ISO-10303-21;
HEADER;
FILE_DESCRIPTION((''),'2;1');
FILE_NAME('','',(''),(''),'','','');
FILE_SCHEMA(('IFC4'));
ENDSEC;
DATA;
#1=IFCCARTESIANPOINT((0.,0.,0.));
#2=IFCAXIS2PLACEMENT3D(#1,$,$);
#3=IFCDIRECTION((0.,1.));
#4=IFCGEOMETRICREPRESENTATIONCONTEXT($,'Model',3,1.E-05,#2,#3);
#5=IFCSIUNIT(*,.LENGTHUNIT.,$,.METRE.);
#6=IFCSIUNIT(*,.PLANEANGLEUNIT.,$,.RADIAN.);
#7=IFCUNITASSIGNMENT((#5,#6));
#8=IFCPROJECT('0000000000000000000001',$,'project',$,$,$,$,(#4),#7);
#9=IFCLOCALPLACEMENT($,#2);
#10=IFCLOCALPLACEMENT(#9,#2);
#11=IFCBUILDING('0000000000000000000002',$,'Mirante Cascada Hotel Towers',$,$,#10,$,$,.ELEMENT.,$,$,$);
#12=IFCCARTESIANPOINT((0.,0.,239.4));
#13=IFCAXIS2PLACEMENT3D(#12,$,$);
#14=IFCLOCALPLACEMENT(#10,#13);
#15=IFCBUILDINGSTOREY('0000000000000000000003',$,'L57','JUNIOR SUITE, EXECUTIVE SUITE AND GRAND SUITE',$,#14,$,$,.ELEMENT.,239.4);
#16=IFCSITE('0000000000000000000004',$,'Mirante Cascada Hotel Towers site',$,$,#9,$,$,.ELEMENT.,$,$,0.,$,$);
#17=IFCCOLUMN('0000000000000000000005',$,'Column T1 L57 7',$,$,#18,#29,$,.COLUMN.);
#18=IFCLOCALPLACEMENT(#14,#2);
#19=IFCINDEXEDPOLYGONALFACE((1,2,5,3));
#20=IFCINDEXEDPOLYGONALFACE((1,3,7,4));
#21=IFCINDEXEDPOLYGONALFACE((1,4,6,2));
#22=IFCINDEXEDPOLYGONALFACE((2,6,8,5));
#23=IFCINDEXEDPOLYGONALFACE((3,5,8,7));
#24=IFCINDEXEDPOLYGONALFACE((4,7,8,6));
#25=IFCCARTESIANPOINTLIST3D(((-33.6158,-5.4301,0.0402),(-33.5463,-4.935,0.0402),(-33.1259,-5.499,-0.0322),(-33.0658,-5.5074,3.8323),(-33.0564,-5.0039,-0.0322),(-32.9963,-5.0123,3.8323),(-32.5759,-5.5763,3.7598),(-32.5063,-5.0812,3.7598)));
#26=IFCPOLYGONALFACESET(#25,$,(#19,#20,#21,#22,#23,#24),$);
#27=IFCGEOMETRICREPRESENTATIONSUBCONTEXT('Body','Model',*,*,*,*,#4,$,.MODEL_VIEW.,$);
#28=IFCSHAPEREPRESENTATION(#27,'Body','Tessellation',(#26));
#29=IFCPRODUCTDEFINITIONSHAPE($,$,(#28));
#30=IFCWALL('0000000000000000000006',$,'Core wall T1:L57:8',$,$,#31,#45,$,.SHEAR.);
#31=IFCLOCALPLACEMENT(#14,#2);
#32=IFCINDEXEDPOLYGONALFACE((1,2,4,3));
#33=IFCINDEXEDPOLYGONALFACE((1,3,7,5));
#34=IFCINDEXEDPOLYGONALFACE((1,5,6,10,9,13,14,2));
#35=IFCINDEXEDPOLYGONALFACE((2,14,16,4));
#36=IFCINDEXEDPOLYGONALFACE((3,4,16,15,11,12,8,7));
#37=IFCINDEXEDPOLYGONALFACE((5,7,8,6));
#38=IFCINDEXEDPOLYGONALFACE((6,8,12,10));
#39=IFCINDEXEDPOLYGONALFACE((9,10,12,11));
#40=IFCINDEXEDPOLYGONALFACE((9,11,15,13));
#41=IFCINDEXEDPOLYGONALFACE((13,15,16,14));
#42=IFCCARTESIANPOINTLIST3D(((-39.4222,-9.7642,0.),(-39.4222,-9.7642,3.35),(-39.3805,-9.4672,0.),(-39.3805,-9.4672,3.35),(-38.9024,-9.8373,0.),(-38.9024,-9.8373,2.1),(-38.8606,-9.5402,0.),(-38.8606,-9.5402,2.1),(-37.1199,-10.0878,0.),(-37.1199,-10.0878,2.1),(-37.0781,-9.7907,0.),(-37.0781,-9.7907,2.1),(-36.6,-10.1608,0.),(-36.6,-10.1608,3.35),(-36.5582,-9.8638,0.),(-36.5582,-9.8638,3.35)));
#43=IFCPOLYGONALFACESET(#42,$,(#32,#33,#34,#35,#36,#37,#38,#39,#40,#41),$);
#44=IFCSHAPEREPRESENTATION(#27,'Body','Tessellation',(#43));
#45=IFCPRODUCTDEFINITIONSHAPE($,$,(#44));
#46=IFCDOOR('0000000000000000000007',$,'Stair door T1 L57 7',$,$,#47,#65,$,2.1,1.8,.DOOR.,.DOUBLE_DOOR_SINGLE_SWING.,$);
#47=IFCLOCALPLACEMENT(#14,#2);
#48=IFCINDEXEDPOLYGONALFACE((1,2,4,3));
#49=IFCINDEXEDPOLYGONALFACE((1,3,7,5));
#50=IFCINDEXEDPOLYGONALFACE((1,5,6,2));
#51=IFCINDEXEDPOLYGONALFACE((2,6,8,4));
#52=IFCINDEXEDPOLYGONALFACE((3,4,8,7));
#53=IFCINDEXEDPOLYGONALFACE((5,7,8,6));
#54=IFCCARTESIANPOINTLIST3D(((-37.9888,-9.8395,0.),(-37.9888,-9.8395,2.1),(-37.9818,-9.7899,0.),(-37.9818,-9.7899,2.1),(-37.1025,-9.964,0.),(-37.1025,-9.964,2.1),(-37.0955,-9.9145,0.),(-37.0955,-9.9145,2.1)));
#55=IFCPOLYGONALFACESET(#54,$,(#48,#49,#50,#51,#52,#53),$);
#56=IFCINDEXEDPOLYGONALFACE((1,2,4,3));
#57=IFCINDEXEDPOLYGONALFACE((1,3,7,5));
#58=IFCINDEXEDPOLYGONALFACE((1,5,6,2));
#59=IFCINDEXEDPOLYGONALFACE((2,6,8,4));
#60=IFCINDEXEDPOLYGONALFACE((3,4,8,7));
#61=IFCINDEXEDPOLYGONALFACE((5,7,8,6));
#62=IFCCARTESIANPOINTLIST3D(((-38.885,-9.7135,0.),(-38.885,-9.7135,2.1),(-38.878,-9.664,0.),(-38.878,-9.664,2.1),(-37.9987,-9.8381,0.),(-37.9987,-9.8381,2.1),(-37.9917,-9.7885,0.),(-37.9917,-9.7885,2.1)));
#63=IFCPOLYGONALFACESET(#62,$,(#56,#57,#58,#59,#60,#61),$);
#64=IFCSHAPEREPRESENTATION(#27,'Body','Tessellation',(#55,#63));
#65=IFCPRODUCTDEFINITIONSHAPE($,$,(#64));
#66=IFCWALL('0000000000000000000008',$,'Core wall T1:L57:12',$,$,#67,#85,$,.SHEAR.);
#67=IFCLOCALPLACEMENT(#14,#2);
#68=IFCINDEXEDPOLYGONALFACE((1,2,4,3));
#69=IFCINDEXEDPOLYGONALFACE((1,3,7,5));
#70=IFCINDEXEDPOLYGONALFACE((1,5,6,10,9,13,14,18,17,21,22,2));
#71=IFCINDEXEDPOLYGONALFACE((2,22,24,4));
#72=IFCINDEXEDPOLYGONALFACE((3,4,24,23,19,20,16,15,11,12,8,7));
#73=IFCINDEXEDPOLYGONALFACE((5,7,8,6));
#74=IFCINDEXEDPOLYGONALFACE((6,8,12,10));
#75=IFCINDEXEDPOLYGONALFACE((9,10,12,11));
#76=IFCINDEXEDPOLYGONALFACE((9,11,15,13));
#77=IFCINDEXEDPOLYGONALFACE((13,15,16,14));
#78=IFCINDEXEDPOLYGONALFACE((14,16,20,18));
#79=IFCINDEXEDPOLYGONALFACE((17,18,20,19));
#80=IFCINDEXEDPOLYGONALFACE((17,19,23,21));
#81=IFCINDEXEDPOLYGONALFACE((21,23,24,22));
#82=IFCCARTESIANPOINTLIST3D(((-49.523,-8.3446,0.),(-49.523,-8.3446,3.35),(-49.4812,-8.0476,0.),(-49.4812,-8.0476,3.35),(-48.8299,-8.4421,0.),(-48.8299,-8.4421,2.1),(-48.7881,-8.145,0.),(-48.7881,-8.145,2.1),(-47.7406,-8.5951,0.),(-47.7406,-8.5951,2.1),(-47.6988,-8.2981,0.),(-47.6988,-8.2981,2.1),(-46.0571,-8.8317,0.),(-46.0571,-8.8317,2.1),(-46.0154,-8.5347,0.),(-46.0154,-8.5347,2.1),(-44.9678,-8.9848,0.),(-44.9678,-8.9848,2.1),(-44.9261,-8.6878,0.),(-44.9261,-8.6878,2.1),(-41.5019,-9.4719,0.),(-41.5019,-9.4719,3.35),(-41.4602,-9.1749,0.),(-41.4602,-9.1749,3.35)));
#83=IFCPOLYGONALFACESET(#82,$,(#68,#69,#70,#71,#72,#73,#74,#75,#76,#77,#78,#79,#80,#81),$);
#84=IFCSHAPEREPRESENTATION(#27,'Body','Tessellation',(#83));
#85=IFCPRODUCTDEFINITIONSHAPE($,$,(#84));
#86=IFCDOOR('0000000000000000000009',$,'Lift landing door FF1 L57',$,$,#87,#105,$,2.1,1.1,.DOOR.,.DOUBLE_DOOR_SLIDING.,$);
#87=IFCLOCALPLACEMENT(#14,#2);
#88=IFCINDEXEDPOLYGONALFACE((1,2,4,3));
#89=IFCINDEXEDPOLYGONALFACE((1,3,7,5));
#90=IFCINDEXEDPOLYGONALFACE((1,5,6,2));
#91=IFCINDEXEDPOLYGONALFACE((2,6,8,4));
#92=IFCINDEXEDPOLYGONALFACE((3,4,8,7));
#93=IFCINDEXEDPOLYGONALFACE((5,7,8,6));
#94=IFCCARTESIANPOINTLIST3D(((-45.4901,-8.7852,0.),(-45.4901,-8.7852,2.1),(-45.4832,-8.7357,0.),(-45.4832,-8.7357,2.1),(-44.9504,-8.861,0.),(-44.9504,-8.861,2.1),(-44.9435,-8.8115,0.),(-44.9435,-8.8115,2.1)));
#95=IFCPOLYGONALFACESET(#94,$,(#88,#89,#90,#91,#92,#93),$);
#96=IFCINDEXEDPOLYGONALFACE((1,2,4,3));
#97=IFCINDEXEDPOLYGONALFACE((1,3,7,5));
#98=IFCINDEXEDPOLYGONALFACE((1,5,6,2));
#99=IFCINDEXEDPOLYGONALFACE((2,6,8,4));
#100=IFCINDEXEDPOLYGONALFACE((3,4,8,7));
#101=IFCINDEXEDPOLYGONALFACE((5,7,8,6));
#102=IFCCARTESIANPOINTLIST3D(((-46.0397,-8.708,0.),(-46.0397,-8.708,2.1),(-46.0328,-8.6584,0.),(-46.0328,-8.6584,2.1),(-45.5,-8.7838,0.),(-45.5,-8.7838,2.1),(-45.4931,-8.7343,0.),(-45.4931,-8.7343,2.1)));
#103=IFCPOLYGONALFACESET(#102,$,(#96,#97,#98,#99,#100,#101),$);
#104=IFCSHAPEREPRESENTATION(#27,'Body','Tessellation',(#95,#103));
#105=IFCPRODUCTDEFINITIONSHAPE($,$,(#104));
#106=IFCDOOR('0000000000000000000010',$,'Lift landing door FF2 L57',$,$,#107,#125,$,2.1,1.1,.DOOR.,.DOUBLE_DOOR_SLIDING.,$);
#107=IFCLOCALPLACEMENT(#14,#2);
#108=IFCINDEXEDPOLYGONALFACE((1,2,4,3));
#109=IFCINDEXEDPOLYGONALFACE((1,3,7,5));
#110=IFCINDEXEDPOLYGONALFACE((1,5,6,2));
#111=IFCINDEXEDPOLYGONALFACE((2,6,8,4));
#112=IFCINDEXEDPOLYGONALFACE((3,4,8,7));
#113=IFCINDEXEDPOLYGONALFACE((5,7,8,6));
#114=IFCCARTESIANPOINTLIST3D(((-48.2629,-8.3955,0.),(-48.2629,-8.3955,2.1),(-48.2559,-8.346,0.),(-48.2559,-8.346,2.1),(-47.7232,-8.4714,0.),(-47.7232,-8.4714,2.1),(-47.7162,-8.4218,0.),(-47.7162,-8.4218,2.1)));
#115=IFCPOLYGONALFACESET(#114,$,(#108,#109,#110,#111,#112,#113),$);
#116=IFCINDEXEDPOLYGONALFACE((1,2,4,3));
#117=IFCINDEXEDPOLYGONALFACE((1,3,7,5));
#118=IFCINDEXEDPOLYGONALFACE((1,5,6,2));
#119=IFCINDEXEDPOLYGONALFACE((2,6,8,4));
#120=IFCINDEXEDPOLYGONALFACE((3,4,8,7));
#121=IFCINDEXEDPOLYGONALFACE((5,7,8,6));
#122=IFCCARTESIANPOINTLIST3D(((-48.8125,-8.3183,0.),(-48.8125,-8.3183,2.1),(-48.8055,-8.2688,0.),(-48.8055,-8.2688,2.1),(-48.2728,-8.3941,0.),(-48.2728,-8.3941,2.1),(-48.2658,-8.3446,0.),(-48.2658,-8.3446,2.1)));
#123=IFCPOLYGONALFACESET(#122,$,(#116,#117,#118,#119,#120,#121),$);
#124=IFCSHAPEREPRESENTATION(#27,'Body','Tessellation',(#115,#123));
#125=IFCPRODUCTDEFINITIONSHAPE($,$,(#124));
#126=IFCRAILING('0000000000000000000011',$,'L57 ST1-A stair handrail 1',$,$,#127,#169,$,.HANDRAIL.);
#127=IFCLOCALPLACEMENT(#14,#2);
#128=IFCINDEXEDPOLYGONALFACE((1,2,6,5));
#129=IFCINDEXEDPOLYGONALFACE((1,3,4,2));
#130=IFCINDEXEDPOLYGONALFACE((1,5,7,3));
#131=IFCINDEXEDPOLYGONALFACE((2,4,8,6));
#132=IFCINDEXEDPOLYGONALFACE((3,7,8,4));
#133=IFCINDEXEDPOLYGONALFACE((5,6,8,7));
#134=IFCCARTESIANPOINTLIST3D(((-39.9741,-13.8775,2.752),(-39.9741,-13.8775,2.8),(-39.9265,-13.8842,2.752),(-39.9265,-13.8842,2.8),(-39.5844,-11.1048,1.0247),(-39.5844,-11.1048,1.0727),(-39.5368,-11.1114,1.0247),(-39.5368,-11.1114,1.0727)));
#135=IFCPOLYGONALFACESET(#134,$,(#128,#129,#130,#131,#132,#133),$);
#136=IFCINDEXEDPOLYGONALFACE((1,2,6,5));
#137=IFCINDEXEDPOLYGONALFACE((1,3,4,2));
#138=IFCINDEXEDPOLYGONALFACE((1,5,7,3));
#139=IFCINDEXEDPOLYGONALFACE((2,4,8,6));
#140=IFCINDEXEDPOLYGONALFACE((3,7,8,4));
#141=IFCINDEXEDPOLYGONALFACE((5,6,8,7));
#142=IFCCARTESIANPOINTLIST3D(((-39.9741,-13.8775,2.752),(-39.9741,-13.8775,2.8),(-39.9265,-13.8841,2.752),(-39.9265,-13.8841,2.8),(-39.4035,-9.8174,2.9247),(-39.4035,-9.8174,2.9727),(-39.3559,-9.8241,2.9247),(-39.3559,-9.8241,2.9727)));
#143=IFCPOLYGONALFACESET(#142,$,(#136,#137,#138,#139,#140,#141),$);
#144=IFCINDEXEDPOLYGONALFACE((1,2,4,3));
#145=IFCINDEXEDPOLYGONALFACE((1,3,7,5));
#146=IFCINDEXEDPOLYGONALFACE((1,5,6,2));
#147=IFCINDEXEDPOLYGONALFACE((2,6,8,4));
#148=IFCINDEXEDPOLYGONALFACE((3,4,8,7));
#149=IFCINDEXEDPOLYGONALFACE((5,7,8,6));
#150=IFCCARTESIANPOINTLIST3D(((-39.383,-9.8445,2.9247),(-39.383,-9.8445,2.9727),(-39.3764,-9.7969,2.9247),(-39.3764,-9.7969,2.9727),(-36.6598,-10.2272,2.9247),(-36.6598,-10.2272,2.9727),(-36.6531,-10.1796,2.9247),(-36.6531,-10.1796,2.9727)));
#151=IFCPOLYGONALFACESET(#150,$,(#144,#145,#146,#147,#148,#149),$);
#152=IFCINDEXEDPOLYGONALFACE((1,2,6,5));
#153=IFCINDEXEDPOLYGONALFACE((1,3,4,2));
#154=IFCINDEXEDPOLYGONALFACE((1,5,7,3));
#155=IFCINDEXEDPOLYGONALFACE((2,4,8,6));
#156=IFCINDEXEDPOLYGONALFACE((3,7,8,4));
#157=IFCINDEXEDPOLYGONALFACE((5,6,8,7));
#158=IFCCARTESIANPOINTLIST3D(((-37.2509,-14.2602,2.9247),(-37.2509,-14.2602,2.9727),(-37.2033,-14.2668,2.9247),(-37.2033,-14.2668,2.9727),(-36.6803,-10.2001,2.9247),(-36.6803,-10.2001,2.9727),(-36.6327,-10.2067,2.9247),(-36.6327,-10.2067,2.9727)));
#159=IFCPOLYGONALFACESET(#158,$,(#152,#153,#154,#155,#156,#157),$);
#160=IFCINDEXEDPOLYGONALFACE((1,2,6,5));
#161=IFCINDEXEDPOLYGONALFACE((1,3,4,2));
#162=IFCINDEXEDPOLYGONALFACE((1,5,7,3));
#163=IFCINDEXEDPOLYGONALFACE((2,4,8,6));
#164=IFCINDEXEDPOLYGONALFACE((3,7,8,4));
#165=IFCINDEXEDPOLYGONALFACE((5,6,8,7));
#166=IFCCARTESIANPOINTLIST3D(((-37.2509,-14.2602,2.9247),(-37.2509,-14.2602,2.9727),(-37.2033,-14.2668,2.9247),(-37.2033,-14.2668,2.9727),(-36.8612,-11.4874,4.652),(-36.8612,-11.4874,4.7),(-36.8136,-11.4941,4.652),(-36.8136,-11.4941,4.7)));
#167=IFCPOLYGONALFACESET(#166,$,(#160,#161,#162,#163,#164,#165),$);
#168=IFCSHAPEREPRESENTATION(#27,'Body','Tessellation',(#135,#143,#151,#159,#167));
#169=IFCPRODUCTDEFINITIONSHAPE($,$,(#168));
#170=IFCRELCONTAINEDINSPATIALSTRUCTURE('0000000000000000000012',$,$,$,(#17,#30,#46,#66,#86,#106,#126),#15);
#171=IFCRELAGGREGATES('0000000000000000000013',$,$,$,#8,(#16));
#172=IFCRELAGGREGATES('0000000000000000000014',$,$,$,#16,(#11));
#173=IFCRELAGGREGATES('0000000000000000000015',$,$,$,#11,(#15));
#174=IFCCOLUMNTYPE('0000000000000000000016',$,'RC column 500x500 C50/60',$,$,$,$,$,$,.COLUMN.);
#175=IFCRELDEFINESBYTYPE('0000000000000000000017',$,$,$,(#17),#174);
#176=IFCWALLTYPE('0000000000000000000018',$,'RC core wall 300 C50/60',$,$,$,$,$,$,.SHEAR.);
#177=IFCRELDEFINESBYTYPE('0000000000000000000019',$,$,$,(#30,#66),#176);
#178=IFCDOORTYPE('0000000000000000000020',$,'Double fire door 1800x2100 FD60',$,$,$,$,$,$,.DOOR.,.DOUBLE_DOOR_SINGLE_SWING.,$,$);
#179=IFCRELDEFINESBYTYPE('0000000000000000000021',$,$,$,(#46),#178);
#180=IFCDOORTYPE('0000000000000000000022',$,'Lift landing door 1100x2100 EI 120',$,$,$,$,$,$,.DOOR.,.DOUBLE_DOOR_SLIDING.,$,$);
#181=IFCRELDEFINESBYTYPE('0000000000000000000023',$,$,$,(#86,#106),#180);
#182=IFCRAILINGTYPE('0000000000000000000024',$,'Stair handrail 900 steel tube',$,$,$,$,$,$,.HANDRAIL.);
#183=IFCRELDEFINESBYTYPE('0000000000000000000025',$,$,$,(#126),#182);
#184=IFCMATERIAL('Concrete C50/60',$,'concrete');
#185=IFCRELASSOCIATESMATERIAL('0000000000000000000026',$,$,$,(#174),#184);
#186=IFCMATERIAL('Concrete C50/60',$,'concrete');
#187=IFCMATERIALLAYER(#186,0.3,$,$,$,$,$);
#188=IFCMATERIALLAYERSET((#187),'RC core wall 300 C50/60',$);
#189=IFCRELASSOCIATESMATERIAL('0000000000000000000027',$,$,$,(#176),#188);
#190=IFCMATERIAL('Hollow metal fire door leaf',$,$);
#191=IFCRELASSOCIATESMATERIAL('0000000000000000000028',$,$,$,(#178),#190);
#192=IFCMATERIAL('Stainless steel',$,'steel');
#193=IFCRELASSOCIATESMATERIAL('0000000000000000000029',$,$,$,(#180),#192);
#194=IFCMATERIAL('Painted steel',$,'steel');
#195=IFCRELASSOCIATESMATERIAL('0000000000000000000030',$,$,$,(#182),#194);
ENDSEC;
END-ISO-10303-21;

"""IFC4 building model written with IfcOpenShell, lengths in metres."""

from ifc_helpers import new_model, si_unit, direction, frame, frame_2d, origin, origin_2d, place, context, subcontext, project, spatial, rectangle, extrude, material, layer, layer_set, material_profile, profile_set, type_object, element, fill, save


model = new_model("IFC4")

# Units and contexts
model_context = context("Model", 3, precision=1e-05, world=origin(), true_north=direction((0.0, 1.0)))
body_context = subcontext(model_context, "Body", "Model", "MODEL_VIEW")
ifc_project = project(units=[si_unit("LENGTHUNIT", "METRE"), si_unit("PLANEANGLEUNIT", "RADIAN")], contexts=[model_context])

# Site, building, storey
site_placement = place(None, origin())
site = spatial("IfcSite", under=ifc_project, at=site_placement, Name="Mirante Cascada Hotel Towers site", CompositionType="ELEMENT", RefElevation=0.0)
building_placement = place(site_placement, origin())
building = spatial("IfcBuilding", under=site, at=building_placement, Name="Mirante Cascada Hotel Towers", CompositionType="ELEMENT")
storey_placement = place(building_placement, frame((0.0, 0.0, 239.4)))
storey = spatial("IfcBuildingStorey", under=building, at=storey_placement, Name="L57", Description="JUNIOR SUITE, EXECUTIVE SUITE AND GRAND SUITE", CompositionType="ELEMENT", Elevation=239.4)

# Column
ifc_material_1 = material(Name="Concrete C50/60", Category="concrete")
ifc_material_profile = material_profile(ifc_material_1, rectangle(XDim=0.5, YDim=0.5, at=origin_2d()), Name="RC column 500x500 C50/60")
ifc_profile_set = profile_set([ifc_material_profile], Name="Concrete C50/60")
column_type = type_object("IfcColumnType", Name="RC column 500x500 C50/60", PredefinedType="COLUMN", material=ifc_profile_set)
column_placement = place(storey_placement, frame((-33.3361, -5.217, 0.004), z_axis=(0.143511, -0.02017, 0.989443), x_axis=(0.139178, 0.990267, 0.0)))
element("IfcColumn", 1, at=column_placement, inside=storey, type_object=column_type, Name="Column T1 L57 7", PredefinedType="COLUMN", context=body_context, shape_type="SweptSolid", body=[
    extrude(rectangle(XDim=0.5, YDim=0.5, at=origin_2d()), origin(), (0.0, 0.0, 1.0), 3.8325),
])

# Wall, opening, door
ifc_material_2 = material(Name="Concrete C50/60", Category="concrete")
ifc_layer_1 = layer(ifc_material_2, 0.3)
ifc_layer_set_1 = layer_set([ifc_layer_1], Name="RC core wall 300 C50/60")
wall_type_1 = type_object("IfcWallType", Name="RC core wall 300 C50/60", PredefinedType="SHEAR", material=ifc_layer_set_1)
wall_1_placement = place(storey_placement, frame((-36.5791, -10.0123, 0.0), z_axis=(0.0, 0.0, 1.0), x_axis=(-0.99027, 0.139156, 0.0)))
wall_1 = element("IfcWall", 2, at=wall_1_placement, inside=storey, type_object=wall_type_1, Name="Core wall T1:L57:8", PredefinedType="SHEAR", context=body_context, shape_type="SweptSolid", body=[
    extrude(rectangle(XDim=2.85, YDim=0.3, at=frame_2d((1.425, 0.0))), origin(), (0.0, 0.0, 1.0), 3.35),
])
opening_1_placement = place(wall_1_placement, frame((0.525, 0.0, 0.0)))
opening_1 = element("IfcOpeningElement", 3, at=opening_1_placement, cuts=wall_1, PredefinedType="OPENING", context=body_context, shape_type="SweptSolid", body=[
    extrude(rectangle(XDim=1.8, YDim=2.1, at=frame_2d((0.9, 1.05))), frame((0.0, 0.15, 0.0), z_axis=(0.0, -1.0, 0.0), x_axis=(1.0, 0.0, 0.0)), (0.0, 0.0, 1.0), 0.3),
])
ifc_material_3 = material(Name="Hollow metal fire door leaf")
door_type_1 = type_object("IfcDoorType", Name="Double fire door 1800x2100 FD60", OperationType="DOUBLE_DOOR_SINGLE_SWING", PredefinedType="DOOR", material=ifc_material_3)
door_1_placement = place(opening_1_placement, origin())
door_1 = element("IfcDoor", 4, at=door_1_placement, inside=storey, type_object=door_type_1, Name="Stair door T1 L57 7", OperationType="DOUBLE_DOOR_SINGLE_SWING", OverallHeight=2.1, OverallWidth=1.8, PredefinedType="DOOR", context=body_context, shape_type="SweptSolid", body=[
    extrude(rectangle(XDim=0.895, YDim=2.1, at=frame_2d((0.4475, 1.05))), frame((0.0, 0.025, 0.0), z_axis=(0.0, -1.0, 0.0), x_axis=(1.0, 0.0, 0.0)), (0.0, 0.0, 1.0), 0.05),
    extrude(rectangle(XDim=0.895, YDim=2.1, at=frame_2d((1.3525, 1.05))), frame((0.0, 0.025, 0.0), z_axis=(0.0, -1.0, 0.0), x_axis=(1.0, 0.0, 0.0)), (0.0, 0.0, 1.0), 0.05),
])
fill(opening_1, door_1)

# Wall, openings, doors
wall_2_placement = place(storey_placement, frame((-41.481, -9.3234, 0.0), z_axis=(0.0, 0.0, 1.0), x_axis=(-0.990268, 0.139174, 0.0)))
wall_2 = element("IfcWall", 5, at=wall_2_placement, inside=storey, type_object=wall_type_1, Name="Core wall T1:L57:12", PredefinedType="SHEAR", context=body_context, shape_type="SweptSolid", body=[
    extrude(rectangle(XDim=8.0999, YDim=0.3, at=frame_2d((4.05, 0.0))), origin(), (0.0, 0.0, 1.0), 3.35),
])
opening_2_placement = place(wall_2_placement, frame((3.5, 0.0, 0.0)))
opening_2 = element("IfcOpeningElement", 6, at=opening_2_placement, cuts=wall_2, PredefinedType="OPENING", context=body_context, shape_type="SweptSolid", body=[
    extrude(rectangle(XDim=1.1, YDim=2.1, at=frame_2d((0.55, 1.05))), frame((0.0, 0.15, 0.0), z_axis=(0.0, -1.0, 0.0), x_axis=(1.0, 0.0, 0.0)), (0.0, 0.0, 1.0), 0.3),
])
opening_3_placement = place(wall_2_placement, frame((6.3, 0.0, 0.0)))
opening_3 = element("IfcOpeningElement", 7, at=opening_3_placement, cuts=wall_2, PredefinedType="OPENING", context=body_context, shape_type="SweptSolid", body=[
    extrude(rectangle(XDim=1.1, YDim=2.1, at=frame_2d((0.55, 1.05))), frame((0.0, 0.15, 0.0), z_axis=(0.0, -1.0, 0.0), x_axis=(1.0, 0.0, 0.0)), (0.0, 0.0, 1.0), 0.3),
])
ifc_material_4 = material(Name="Stainless steel", Category="steel")
door_type_2 = type_object("IfcDoorType", Name="Lift landing door 1100x2100 EI 120", OperationType="DOUBLE_DOOR_SLIDING", PredefinedType="DOOR", material=ifc_material_4)
door_2_placement = place(opening_2_placement, origin())
door_2 = element("IfcDoor", 8, at=door_2_placement, inside=storey, type_object=door_type_2, Name="Lift landing door FF1 L57", OperationType="DOUBLE_DOOR_SLIDING", OverallHeight=2.1, OverallWidth=1.1, PredefinedType="DOOR", context=body_context, shape_type="SweptSolid", body=[
    extrude(rectangle(XDim=0.545, YDim=2.1, at=frame_2d((0.2725, 1.05))), frame((0.0, 0.025, 0.0), z_axis=(0.0, -1.0, 0.0), x_axis=(1.0, 0.0, 0.0)), (0.0, 0.0, 1.0), 0.05),
    extrude(rectangle(XDim=0.545, YDim=2.1, at=frame_2d((0.8275, 1.05))), frame((0.0, 0.025, 0.0), z_axis=(0.0, -1.0, 0.0), x_axis=(1.0, 0.0, 0.0)), (0.0, 0.0, 1.0), 0.05),
])
fill(opening_2, door_2)
door_3_placement = place(opening_3_placement, origin())
door_3 = element("IfcDoor", 9, at=door_3_placement, inside=storey, type_object=door_type_2, Name="Lift landing door FF2 L57", OperationType="DOUBLE_DOOR_SLIDING", OverallHeight=2.1, OverallWidth=1.1, PredefinedType="DOOR", context=body_context, shape_type="SweptSolid", body=[
    extrude(rectangle(XDim=0.545, YDim=2.1, at=frame_2d((0.2725, 1.05))), frame((0.0, 0.025, 0.0), z_axis=(0.0, -1.0, 0.0), x_axis=(1.0, 0.0, 0.0)), (0.0, 0.0, 1.0), 0.05),
    extrude(rectangle(XDim=0.545, YDim=2.1, at=frame_2d((0.8275, 1.05))), frame((0.0, 0.025, 0.0), z_axis=(0.0, -1.0, 0.0), x_axis=(1.0, 0.0, 0.0)), (0.0, 0.0, 1.0), 0.05),
])
fill(opening_3, door_3)

# Railing
ifc_material_5 = material(Name="Painted steel", Category="steel")
railing_type = type_object("IfcRailingType", Name="Stair handrail 900 steel tube", PredefinedType="HANDRAIL", material=ifc_material_5)
railing_placement = place(storey_placement, frame((-39.5606, -11.1081, 0.1727)))
element("IfcRailing", 10, at=railing_placement, inside=storey, type_object=railing_type, Name="L57 ST1-A stair handrail 1", PredefinedType="HANDRAIL", context=body_context, shape_type="SweptSolid", body=[
    extrude(rectangle(XDim=0.048, YDim=0.048, at=origin_2d()), frame((0.0, 0.0, 0.876), z_axis=(-0.139181, -0.990267, 0.0), x_axis=(0.990267, -0.139181, 0.0)), (0.0, 0.525035, 0.851081), 3.2899),
    extrude(rectangle(XDim=0.048, YDim=0.048, at=origin_2d()), frame((-0.3897, -2.7727, 2.6033), z_axis=(0.139171, 0.990268, 0.0), x_axis=(-0.990268, 0.139171, 0.0)), (0.0, 0.042085, 0.999114), 4.1036),
    extrude(rectangle(XDim=0.048, YDim=0.048, at=origin_2d()), frame((0.1809, 1.2874, 2.776), z_axis=(0.990269, -0.139166, 0.0), x_axis=(0.139166, 0.990269, 0.0)), (0.0, 0.0, 1.0), 2.75),
    extrude(rectangle(XDim=0.048, YDim=0.048, at=origin_2d()), frame((2.9041, 0.9047, 2.776), z_axis=(-0.139171, -0.990268, 0.0), x_axis=(0.990268, -0.139171, 0.0)), (0.0, 0.0, 1.0), 4.1),
    extrude(rectangle(XDim=0.048, YDim=0.048, at=origin_2d()), frame((2.3335, -3.1554, 2.776), z_axis=(0.139181, 0.990267, 0.0), x_axis=(-0.990267, 0.139181, 0.0)), (0.0, 0.525035, 0.851081), 3.2899),
])

save(model, "model.ifc")
